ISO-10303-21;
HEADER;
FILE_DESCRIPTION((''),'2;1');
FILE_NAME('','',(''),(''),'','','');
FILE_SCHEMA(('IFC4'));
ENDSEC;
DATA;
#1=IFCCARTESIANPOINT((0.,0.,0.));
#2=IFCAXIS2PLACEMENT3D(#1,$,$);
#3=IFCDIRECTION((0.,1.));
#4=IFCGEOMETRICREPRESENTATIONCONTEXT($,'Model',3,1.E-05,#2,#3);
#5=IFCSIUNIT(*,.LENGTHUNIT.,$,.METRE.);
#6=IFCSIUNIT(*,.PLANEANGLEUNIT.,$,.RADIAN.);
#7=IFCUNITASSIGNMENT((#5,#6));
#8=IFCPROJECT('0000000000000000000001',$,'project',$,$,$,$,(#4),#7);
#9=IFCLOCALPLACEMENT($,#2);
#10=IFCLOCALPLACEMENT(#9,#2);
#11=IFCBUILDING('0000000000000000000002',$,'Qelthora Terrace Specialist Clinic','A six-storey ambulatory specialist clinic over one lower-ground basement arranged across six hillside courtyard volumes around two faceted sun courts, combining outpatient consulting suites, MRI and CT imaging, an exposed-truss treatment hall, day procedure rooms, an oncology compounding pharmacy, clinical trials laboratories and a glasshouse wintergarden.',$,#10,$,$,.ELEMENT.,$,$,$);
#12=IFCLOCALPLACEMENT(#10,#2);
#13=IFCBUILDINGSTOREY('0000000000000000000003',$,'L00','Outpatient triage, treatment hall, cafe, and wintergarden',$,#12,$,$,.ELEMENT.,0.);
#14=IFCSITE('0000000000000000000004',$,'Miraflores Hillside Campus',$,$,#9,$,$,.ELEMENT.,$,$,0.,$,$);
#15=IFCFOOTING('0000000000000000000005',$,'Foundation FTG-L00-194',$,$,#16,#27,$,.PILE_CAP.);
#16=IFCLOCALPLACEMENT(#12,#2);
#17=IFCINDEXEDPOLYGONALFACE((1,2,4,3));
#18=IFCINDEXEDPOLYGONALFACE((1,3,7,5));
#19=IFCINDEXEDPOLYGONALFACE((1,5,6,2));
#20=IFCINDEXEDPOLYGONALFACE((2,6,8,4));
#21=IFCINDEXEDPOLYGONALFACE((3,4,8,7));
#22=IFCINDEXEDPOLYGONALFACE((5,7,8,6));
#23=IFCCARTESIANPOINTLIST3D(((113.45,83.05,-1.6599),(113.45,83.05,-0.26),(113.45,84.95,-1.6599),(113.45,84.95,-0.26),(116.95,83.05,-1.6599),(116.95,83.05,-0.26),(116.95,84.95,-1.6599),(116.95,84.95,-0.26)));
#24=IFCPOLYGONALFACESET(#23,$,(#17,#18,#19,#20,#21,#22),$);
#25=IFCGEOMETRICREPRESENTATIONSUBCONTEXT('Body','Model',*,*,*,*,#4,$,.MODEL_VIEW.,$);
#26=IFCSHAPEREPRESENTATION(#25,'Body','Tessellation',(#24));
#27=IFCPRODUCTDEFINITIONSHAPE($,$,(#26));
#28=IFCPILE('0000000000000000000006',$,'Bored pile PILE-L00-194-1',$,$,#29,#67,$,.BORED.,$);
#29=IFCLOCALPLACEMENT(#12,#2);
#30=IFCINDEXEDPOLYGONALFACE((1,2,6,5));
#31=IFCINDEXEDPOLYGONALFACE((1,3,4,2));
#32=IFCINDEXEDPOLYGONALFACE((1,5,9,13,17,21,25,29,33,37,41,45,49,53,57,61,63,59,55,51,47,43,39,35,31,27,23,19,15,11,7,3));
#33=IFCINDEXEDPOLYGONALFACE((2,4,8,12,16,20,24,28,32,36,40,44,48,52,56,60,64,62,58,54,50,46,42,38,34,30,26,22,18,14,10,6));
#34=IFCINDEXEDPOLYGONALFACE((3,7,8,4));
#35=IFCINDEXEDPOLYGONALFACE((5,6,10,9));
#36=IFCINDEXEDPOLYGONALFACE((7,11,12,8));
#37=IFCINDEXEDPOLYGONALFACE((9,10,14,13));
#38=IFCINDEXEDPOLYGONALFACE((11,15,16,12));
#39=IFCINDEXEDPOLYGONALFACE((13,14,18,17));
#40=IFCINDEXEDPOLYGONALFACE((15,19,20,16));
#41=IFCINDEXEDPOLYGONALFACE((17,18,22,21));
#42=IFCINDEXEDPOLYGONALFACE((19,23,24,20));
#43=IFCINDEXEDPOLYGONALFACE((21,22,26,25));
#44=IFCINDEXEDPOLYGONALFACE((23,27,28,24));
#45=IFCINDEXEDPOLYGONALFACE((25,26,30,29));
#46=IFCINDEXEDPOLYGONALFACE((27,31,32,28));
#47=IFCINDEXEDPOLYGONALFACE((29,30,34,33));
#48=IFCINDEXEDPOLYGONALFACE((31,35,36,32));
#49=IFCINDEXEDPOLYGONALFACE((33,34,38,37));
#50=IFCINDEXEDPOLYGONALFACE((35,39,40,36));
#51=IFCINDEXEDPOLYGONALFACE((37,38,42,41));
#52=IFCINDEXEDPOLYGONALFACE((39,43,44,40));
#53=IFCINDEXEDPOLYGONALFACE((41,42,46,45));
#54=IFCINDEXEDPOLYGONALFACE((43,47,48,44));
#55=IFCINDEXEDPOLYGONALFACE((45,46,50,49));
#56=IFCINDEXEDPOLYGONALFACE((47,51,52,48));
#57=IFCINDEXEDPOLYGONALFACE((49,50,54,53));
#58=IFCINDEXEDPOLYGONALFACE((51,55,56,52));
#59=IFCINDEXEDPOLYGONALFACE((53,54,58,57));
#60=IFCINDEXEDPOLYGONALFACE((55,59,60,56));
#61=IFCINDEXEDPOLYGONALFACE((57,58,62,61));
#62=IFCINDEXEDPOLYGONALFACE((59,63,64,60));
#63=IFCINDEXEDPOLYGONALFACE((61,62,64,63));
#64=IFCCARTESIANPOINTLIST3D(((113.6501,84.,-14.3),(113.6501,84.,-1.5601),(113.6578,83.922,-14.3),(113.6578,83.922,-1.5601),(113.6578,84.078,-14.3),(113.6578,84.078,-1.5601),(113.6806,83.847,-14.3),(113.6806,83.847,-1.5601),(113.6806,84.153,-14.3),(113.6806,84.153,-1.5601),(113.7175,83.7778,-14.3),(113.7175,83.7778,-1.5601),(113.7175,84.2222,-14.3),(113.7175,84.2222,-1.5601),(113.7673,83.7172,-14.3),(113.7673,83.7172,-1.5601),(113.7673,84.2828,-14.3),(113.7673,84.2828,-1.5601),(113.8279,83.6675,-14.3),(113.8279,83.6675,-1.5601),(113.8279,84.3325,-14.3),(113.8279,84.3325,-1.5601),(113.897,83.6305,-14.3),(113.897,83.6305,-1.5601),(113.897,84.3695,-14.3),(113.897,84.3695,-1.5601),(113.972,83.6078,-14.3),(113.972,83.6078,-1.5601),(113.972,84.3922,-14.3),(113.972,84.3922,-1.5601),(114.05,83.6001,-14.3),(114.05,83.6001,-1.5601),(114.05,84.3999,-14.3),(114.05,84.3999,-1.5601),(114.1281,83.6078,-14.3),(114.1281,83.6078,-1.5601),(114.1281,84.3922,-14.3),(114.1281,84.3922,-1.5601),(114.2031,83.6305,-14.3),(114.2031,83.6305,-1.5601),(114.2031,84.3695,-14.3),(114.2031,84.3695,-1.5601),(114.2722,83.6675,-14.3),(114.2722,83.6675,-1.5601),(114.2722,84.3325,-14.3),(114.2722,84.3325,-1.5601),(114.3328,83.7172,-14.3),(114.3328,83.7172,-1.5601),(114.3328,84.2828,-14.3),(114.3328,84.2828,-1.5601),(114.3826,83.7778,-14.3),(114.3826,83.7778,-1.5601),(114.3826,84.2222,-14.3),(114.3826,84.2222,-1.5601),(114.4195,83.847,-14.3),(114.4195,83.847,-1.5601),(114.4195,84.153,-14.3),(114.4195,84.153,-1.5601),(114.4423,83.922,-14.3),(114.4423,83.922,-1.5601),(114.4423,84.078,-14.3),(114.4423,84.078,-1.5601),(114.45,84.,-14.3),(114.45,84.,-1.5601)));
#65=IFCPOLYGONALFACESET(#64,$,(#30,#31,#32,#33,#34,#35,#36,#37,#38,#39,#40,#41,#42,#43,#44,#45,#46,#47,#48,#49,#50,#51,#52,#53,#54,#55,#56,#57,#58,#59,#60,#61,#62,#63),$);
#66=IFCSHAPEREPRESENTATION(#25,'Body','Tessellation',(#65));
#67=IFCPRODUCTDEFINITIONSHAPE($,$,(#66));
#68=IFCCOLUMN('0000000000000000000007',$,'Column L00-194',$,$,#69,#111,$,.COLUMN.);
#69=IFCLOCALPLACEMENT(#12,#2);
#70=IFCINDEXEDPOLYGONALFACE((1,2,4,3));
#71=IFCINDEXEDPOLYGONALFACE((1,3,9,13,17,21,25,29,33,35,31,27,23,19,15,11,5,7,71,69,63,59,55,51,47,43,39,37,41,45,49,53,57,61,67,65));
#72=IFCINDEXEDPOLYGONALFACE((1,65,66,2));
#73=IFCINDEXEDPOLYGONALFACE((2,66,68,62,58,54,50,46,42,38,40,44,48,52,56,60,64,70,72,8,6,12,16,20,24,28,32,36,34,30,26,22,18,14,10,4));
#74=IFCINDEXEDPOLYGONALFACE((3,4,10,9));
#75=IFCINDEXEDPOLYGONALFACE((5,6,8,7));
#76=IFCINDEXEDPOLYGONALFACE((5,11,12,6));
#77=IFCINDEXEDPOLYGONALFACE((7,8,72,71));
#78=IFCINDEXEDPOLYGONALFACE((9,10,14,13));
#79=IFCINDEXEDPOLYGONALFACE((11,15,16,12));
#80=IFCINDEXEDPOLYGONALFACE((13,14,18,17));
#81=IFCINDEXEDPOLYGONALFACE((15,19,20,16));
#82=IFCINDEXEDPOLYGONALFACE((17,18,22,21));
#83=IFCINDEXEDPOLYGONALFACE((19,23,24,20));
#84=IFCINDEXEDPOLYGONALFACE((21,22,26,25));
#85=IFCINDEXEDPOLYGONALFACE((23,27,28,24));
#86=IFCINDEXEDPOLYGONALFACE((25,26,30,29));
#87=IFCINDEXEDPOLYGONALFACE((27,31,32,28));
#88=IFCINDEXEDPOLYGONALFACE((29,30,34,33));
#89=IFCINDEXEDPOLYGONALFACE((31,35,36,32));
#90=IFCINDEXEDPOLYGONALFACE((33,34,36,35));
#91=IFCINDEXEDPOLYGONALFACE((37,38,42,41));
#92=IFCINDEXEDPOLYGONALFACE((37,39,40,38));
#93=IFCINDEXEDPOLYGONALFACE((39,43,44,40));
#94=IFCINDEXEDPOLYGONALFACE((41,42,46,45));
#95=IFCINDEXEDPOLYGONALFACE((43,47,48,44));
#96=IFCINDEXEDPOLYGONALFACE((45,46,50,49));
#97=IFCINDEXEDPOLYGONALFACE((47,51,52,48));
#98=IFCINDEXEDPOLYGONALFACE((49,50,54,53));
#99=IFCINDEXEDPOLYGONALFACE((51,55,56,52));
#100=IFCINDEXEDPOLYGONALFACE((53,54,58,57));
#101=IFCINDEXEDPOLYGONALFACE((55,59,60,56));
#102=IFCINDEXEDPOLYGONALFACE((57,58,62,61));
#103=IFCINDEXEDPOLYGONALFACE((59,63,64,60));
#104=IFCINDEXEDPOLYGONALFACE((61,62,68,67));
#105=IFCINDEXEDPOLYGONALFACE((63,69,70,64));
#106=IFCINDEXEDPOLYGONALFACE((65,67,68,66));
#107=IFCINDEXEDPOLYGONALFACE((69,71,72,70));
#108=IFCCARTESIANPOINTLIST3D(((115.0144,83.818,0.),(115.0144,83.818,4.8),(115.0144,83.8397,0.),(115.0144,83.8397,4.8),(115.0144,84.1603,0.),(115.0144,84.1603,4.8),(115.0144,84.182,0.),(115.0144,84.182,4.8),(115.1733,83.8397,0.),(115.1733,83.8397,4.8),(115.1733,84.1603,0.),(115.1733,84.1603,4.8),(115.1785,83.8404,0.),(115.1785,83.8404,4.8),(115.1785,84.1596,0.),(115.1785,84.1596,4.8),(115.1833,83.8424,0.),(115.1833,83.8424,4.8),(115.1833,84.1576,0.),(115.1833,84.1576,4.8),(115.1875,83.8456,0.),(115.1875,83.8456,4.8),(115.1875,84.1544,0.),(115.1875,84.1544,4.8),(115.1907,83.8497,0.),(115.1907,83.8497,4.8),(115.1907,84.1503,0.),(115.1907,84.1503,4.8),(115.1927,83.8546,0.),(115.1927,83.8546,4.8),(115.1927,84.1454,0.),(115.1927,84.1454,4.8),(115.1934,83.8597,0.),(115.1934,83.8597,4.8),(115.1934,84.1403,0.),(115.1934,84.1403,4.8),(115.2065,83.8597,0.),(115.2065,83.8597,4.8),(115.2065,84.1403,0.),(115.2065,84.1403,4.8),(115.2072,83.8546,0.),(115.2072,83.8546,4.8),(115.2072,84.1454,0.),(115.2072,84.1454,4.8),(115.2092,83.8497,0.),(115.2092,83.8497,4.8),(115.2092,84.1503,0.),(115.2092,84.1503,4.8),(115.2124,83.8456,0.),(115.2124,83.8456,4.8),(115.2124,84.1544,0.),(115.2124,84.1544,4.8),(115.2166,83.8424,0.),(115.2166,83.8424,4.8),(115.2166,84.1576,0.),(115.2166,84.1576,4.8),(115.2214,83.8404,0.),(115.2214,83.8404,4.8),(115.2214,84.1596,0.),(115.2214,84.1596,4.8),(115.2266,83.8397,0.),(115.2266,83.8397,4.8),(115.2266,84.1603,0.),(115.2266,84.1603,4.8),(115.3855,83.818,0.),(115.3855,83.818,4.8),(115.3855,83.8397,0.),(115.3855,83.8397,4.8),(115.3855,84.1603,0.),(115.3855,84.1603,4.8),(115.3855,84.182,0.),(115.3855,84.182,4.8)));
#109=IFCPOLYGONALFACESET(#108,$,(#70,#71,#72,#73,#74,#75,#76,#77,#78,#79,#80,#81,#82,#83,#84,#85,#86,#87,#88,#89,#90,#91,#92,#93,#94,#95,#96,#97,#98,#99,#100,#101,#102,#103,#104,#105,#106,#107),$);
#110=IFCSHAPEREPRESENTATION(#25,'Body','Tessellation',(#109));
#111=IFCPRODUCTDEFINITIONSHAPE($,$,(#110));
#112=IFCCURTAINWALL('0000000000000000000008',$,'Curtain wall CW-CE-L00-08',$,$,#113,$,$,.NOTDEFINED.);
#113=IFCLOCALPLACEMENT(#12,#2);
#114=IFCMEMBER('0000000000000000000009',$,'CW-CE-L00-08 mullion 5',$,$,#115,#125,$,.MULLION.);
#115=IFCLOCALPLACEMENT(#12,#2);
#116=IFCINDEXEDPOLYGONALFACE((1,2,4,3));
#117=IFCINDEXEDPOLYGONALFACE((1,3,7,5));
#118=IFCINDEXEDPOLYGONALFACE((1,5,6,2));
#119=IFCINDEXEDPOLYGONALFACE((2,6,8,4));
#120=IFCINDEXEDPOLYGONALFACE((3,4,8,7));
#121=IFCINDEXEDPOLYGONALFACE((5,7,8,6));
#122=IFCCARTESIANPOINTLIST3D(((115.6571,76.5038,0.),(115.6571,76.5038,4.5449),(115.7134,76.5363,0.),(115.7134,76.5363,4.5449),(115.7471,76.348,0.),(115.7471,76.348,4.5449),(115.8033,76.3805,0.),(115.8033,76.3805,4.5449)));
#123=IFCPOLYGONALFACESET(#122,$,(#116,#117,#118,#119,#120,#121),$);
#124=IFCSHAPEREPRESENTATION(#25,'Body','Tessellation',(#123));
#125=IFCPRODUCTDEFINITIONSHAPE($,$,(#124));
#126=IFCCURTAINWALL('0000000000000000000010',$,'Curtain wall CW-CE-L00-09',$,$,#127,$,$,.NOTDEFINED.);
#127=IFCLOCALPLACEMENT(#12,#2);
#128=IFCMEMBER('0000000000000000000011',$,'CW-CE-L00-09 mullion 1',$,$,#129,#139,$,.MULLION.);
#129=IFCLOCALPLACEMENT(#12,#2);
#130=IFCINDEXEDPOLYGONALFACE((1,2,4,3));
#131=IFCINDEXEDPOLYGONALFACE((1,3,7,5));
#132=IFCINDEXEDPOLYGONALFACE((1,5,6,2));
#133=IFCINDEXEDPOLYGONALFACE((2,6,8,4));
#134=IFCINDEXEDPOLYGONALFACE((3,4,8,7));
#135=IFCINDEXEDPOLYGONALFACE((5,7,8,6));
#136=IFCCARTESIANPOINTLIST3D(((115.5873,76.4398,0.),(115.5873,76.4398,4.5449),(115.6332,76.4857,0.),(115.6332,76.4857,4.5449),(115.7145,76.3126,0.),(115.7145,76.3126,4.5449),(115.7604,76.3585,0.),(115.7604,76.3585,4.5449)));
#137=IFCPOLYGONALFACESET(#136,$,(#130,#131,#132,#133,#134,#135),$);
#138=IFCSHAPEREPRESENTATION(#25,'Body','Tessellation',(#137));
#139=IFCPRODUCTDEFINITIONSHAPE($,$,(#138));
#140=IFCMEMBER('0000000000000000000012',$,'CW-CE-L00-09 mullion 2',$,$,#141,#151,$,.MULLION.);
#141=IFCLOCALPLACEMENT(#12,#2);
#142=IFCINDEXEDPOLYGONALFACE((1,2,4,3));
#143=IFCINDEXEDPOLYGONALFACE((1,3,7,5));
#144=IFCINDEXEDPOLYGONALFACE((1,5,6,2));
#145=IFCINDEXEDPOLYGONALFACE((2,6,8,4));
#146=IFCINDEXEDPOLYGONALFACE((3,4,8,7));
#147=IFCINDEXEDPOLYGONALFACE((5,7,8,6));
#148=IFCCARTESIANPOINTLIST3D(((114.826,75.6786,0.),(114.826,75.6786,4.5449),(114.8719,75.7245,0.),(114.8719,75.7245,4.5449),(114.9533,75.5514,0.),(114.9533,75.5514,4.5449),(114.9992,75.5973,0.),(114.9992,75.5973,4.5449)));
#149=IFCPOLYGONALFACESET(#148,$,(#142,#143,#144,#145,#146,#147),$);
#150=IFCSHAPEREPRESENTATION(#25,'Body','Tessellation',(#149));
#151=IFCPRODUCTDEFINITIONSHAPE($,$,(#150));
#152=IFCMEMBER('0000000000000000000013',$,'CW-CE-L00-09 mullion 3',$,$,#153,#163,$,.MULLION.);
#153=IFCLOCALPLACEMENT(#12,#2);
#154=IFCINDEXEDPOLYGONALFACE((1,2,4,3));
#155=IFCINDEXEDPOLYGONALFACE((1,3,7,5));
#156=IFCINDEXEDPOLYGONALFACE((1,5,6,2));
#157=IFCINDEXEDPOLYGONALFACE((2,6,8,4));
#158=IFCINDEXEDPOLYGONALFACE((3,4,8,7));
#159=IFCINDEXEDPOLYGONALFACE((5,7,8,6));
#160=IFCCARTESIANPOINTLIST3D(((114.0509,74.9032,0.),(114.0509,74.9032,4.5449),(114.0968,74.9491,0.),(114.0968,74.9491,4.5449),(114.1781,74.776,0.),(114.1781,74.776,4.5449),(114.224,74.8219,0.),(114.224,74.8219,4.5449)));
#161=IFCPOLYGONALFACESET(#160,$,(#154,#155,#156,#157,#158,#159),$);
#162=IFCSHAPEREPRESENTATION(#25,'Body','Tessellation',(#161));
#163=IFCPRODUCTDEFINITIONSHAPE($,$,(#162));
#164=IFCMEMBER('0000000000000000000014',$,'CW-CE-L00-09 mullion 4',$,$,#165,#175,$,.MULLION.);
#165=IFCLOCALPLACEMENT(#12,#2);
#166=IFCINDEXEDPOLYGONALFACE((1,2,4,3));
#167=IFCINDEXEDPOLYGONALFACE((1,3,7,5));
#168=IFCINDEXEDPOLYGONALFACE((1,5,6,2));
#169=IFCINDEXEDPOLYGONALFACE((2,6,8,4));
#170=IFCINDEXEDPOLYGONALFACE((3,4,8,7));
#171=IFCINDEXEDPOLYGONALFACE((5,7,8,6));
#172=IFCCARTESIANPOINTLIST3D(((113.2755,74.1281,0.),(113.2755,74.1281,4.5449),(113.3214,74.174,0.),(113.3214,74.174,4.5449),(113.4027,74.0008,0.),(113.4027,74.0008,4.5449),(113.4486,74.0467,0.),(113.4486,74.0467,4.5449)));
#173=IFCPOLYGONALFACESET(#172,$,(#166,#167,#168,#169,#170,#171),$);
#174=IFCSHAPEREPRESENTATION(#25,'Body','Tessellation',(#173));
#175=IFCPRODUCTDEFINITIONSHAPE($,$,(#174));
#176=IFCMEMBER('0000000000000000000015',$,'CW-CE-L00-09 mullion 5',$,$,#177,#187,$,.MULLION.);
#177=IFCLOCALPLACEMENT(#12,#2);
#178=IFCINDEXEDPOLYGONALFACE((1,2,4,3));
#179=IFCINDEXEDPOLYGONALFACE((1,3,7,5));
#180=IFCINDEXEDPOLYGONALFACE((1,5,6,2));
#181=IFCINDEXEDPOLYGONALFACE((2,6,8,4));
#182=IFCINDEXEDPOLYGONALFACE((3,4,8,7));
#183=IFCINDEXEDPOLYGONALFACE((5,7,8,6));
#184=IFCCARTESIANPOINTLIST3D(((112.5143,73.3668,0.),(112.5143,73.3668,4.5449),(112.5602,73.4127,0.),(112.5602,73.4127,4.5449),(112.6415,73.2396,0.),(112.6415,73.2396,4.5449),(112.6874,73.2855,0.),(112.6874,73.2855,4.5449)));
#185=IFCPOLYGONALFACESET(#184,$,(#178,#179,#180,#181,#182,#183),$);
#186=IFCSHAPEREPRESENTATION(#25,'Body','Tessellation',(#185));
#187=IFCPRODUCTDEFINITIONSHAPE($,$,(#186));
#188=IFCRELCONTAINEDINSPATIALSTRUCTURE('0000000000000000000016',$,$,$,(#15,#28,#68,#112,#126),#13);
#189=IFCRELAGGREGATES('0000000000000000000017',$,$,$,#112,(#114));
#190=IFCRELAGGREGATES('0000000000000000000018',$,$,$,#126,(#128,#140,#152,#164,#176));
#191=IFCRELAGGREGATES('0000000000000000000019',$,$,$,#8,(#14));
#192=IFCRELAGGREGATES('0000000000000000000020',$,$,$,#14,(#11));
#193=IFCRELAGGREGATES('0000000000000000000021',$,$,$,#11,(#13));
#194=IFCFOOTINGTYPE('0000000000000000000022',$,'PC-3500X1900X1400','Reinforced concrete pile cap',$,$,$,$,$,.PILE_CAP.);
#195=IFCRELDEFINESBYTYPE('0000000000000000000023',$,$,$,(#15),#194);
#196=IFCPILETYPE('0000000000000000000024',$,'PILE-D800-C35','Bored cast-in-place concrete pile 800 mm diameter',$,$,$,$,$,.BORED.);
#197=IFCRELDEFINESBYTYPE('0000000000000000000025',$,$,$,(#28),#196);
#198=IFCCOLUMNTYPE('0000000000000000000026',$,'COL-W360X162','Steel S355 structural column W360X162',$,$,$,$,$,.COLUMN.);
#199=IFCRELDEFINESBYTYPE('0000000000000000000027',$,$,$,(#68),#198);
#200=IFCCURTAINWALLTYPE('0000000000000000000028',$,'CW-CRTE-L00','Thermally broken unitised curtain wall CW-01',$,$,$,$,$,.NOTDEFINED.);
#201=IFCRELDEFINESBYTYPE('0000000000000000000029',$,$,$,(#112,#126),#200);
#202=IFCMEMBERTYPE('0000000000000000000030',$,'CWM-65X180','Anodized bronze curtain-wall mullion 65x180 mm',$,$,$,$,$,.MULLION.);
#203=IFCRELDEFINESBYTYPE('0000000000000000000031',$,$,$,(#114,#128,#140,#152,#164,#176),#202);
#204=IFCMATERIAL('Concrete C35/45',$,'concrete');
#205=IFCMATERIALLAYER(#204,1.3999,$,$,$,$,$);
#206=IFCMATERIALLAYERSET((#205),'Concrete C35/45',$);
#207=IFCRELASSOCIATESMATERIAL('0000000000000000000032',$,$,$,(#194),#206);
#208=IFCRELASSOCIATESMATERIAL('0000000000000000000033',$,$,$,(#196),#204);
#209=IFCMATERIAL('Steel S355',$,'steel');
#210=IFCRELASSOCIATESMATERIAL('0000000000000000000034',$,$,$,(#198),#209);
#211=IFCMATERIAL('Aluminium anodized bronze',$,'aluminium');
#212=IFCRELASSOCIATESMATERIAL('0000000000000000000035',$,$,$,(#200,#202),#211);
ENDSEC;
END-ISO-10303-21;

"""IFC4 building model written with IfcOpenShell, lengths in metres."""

from ifc_helpers import new_model, si_unit, direction, frame, origin, origin_2d, place, context, subcontext, project, spatial, rectangle, circle, i_section, extrude, material, layer, layer_set, material_profile, profile_set, type_object, element, aggregate, save


model = new_model("IFC4")

# Units and contexts
model_context = context("Model", 3, precision=1e-05, world=origin(), true_north=direction((0.0, 1.0)))
body_context = subcontext(model_context, "Body", "Model", "MODEL_VIEW")
ifc_project = project(units=[si_unit("LENGTHUNIT", "METRE"), si_unit("PLANEANGLEUNIT", "RADIAN")], contexts=[model_context])

# Site, building, storey
site_placement = place(None, origin())
site = spatial("IfcSite", under=ifc_project, at=site_placement, Name="Miraflores Hillside Campus", CompositionType="ELEMENT", RefElevation=0.0)
building_placement = place(site_placement, origin())
building = spatial("IfcBuilding", under=site, at=building_placement, Name="Qelthora Terrace Specialist Clinic", Description="A six-storey ambulatory specialist clinic over one lower-ground basement arranged across six hillside courtyard volumes around two faceted sun courts, combining outpatient consulting suites, MRI and CT imaging, an exposed-truss treatment hall, day procedure rooms, an oncology compounding pharmacy, clinical trials laboratories and a glasshouse wintergarden.", CompositionType="ELEMENT")
storey_placement = place(building_placement, origin())
storey = spatial("IfcBuildingStorey", under=building, at=storey_placement, Name="L00", Description="Outpatient triage, treatment hall, cafe, and wintergarden", CompositionType="ELEMENT", Elevation=0.0)

# Footing
ifc_material_1 = material(Name="Concrete C35/45", Category="concrete")
ifc_layer_1 = layer(ifc_material_1, 1.3999)
ifc_layer_set_1 = layer_set([ifc_layer_1], Name="Concrete C35/45")
footing_type = type_object("IfcFootingType", Name="PC-3500X1900X1400", Description="Reinforced concrete pile cap", PredefinedType="PILE_CAP", material=ifc_layer_set_1)
footing_placement = place(storey_placement, frame((115.2, 84.0, -1.6599), z_axis=(0.0, 0.0, 1.0), x_axis=(1.0, 0.0, 0.0)))
element("IfcFooting", 1, at=footing_placement, inside=storey, type_object=footing_type, Name="Foundation FTG-L00-194", PredefinedType="PILE_CAP", context=body_context, shape_type="SweptSolid", body=[
    extrude(rectangle(XDim=3.5, YDim=1.8999, at=origin_2d()), origin(), (0.0, 0.0, 1.0), 1.3999),
])

# Pile
ifc_material_profile_1 = material_profile(ifc_material_1, circle(Radius=0.3999, at=origin_2d()), Name="PILE800")
ifc_profile_set_1 = profile_set([ifc_material_profile_1], Name="Concrete C35/45")
pile_type = type_object("IfcPileType", Name="PILE-D800-C35", Description="Bored cast-in-place concrete pile 800 mm diameter", PredefinedType="BORED", material=ifc_profile_set_1)
pile_placement = place(storey_placement, frame((114.05, 84.0, -1.5601), z_axis=(0.0, 0.0, -1.0), x_axis=(1.0, 0.0, 0.0)))
element("IfcPile", 2, at=pile_placement, inside=storey, type_object=pile_type, Name="Bored pile PILE-L00-194-1", PredefinedType="BORED", context=body_context, shape_type="SweptSolid", body=[
    extrude(circle(Radius=0.3999, at=origin_2d()), origin(), (0.0, 0.0, 1.0), 12.74),
])

# Column
ifc_material_2 = material(Name="Steel S355", Category="steel")
ifc_material_profile_2 = material_profile(ifc_material_2, i_section(OverallWidth=0.3711, OverallDepth=0.364, WebThickness=0.0132, FlangeThickness=0.0217, FilletRadius=0.02, at=origin_2d()), Name="W360X162")
ifc_profile_set_2 = profile_set([ifc_material_profile_2], Name="Steel S355")
column_type = type_object("IfcColumnType", Name="COL-W360X162", Description="Steel S355 structural column W360X162", PredefinedType="COLUMN", material=ifc_profile_set_2)
column_placement = place(storey_placement, frame((115.2, 84.0, 0.0), z_axis=(0.0, 0.0, 1.0), x_axis=(1.0, 0.0, 0.0)))
element("IfcColumn", 3, at=column_placement, inside=storey, type_object=column_type, Name="Column L00-194", PredefinedType="COLUMN", context=body_context, shape_type="SweptSolid", body=[
    extrude(i_section(OverallWidth=0.3711, OverallDepth=0.364, WebThickness=0.0132, FlangeThickness=0.0217, FilletRadius=0.02, at=origin_2d()), origin(), (0.0, 0.0, 1.0), 4.8),
])

# Curtain wall, member
ifc_material_3 = material(Name="Aluminium anodized bronze", Category="aluminium")
curtain_wall_type = type_object("IfcCurtainWallType", Name="CW-CRTE-L00", Description="Thermally broken unitised curtain wall CW-01", PredefinedType="NOTDEFINED", material=ifc_material_3)
curtain_wall_1_placement = place(storey_placement, origin())
curtain_wall_1 = element("IfcCurtainWall", 4, at=curtain_wall_1_placement, inside=storey, type_object=curtain_wall_type, Name="Curtain wall CW-CE-L00-08", PredefinedType="NOTDEFINED")
ifc_material_profile_3 = material_profile(ifc_material_3, rectangle(XDim=0.0649, YDim=0.1799, at=origin_2d()), Name="CWM65X180")
ifc_profile_set_3 = profile_set([ifc_material_profile_3], Name="Aluminium anodized bronze")
member_type_1 = type_object("IfcMemberType", Name="CWM-65X180", Description="Anodized bronze curtain-wall mullion 65x180 mm", PredefinedType="MULLION", material=ifc_profile_set_3)
member_1_placement = place(storey_placement, frame((115.7302, 76.4421, 0.0), z_axis=(0.0, 0.0, 1.0), x_axis=(-0.866025, -0.5, 0.0)))
member_1 = element("IfcMember", 5, at=member_1_placement, type_object=member_type_1, Name="CW-CE-L00-08 mullion 5", PredefinedType="MULLION", context=body_context, shape_type="SweptSolid", body=[
    extrude(rectangle(XDim=0.0649, YDim=0.1799, at=origin_2d()), origin(), (0.0, 0.0, 1.0), 4.5449),
])
aggregate(curtain_wall_1, [member_1])

# Curtain wall, members
curtain_wall_2_placement = place(storey_placement, origin())
curtain_wall_2 = element("IfcCurtainWall", 6, at=curtain_wall_2_placement, inside=storey, type_object=curtain_wall_type, Name="Curtain wall CW-CE-L00-09", PredefinedType="NOTDEFINED")
member_2_placement = place(storey_placement, frame((115.6738, 76.3992, 0.0), z_axis=(0.0, 0.0, 1.0), x_axis=(-0.707107, -0.707107, 0.0)))
member_2 = element("IfcMember", 7, at=member_2_placement, type_object=member_type_1, Name="CW-CE-L00-09 mullion 1", PredefinedType="MULLION", context=body_context, shape_type="SweptSolid", body=[
    extrude(rectangle(XDim=0.0649, YDim=0.1799, at=origin_2d()), origin(), (0.0, 0.0, 1.0), 4.5449),
])
member_3_placement = place(storey_placement, frame((114.9126, 75.6379, 0.0), z_axis=(0.0, 0.0, 1.0), x_axis=(-0.707107, -0.707107, 0.0)))
member_3 = element("IfcMember", 8, at=member_3_placement, type_object=member_type_1, Name="CW-CE-L00-09 mullion 2", PredefinedType="MULLION", context=body_context, shape_type="SweptSolid", body=[
    extrude(rectangle(XDim=0.0649, YDim=0.1799, at=origin_2d()), origin(), (0.0, 0.0, 1.0), 4.5449),
])
member_4_placement = place(storey_placement, frame((114.1375, 74.8625, 0.0), z_axis=(0.0, 0.0, 1.0), x_axis=(-0.707107, -0.707107, 0.0)))
member_4 = element("IfcMember", 9, at=member_4_placement, type_object=member_type_1, Name="CW-CE-L00-09 mullion 3", PredefinedType="MULLION", context=body_context, shape_type="SweptSolid", body=[
    extrude(rectangle(XDim=0.0649, YDim=0.1799, at=origin_2d()), origin(), (0.0, 0.0, 1.0), 4.5449),
])
member_5_placement = place(storey_placement, frame((113.3621, 74.0874, 0.0), z_axis=(0.0, 0.0, 1.0), x_axis=(-0.707107, -0.707107, 0.0)))
member_5 = element("IfcMember", 10, at=member_5_placement, type_object=member_type_1, Name="CW-CE-L00-09 mullion 4", PredefinedType="MULLION", context=body_context, shape_type="SweptSolid", body=[
    extrude(rectangle(XDim=0.0649, YDim=0.1799, at=origin_2d()), origin(), (0.0, 0.0, 1.0), 4.5449),
])
member_6_placement = place(storey_placement, frame((112.6008, 73.3262, 0.0), z_axis=(0.0, 0.0, 1.0), x_axis=(-0.707107, -0.707107, 0.0)))
member_6 = element("IfcMember", 11, at=member_6_placement, type_object=member_type_1, Name="CW-CE-L00-09 mullion 5", PredefinedType="MULLION", context=body_context, shape_type="SweptSolid", body=[
    extrude(rectangle(XDim=0.0649, YDim=0.1799, at=origin_2d()), origin(), (0.0, 0.0, 1.0), 4.5449),
])

aggregate(curtain_wall_2, [member_2, member_3, member_4, member_5, member_6])

save(model, "model.ifc")
